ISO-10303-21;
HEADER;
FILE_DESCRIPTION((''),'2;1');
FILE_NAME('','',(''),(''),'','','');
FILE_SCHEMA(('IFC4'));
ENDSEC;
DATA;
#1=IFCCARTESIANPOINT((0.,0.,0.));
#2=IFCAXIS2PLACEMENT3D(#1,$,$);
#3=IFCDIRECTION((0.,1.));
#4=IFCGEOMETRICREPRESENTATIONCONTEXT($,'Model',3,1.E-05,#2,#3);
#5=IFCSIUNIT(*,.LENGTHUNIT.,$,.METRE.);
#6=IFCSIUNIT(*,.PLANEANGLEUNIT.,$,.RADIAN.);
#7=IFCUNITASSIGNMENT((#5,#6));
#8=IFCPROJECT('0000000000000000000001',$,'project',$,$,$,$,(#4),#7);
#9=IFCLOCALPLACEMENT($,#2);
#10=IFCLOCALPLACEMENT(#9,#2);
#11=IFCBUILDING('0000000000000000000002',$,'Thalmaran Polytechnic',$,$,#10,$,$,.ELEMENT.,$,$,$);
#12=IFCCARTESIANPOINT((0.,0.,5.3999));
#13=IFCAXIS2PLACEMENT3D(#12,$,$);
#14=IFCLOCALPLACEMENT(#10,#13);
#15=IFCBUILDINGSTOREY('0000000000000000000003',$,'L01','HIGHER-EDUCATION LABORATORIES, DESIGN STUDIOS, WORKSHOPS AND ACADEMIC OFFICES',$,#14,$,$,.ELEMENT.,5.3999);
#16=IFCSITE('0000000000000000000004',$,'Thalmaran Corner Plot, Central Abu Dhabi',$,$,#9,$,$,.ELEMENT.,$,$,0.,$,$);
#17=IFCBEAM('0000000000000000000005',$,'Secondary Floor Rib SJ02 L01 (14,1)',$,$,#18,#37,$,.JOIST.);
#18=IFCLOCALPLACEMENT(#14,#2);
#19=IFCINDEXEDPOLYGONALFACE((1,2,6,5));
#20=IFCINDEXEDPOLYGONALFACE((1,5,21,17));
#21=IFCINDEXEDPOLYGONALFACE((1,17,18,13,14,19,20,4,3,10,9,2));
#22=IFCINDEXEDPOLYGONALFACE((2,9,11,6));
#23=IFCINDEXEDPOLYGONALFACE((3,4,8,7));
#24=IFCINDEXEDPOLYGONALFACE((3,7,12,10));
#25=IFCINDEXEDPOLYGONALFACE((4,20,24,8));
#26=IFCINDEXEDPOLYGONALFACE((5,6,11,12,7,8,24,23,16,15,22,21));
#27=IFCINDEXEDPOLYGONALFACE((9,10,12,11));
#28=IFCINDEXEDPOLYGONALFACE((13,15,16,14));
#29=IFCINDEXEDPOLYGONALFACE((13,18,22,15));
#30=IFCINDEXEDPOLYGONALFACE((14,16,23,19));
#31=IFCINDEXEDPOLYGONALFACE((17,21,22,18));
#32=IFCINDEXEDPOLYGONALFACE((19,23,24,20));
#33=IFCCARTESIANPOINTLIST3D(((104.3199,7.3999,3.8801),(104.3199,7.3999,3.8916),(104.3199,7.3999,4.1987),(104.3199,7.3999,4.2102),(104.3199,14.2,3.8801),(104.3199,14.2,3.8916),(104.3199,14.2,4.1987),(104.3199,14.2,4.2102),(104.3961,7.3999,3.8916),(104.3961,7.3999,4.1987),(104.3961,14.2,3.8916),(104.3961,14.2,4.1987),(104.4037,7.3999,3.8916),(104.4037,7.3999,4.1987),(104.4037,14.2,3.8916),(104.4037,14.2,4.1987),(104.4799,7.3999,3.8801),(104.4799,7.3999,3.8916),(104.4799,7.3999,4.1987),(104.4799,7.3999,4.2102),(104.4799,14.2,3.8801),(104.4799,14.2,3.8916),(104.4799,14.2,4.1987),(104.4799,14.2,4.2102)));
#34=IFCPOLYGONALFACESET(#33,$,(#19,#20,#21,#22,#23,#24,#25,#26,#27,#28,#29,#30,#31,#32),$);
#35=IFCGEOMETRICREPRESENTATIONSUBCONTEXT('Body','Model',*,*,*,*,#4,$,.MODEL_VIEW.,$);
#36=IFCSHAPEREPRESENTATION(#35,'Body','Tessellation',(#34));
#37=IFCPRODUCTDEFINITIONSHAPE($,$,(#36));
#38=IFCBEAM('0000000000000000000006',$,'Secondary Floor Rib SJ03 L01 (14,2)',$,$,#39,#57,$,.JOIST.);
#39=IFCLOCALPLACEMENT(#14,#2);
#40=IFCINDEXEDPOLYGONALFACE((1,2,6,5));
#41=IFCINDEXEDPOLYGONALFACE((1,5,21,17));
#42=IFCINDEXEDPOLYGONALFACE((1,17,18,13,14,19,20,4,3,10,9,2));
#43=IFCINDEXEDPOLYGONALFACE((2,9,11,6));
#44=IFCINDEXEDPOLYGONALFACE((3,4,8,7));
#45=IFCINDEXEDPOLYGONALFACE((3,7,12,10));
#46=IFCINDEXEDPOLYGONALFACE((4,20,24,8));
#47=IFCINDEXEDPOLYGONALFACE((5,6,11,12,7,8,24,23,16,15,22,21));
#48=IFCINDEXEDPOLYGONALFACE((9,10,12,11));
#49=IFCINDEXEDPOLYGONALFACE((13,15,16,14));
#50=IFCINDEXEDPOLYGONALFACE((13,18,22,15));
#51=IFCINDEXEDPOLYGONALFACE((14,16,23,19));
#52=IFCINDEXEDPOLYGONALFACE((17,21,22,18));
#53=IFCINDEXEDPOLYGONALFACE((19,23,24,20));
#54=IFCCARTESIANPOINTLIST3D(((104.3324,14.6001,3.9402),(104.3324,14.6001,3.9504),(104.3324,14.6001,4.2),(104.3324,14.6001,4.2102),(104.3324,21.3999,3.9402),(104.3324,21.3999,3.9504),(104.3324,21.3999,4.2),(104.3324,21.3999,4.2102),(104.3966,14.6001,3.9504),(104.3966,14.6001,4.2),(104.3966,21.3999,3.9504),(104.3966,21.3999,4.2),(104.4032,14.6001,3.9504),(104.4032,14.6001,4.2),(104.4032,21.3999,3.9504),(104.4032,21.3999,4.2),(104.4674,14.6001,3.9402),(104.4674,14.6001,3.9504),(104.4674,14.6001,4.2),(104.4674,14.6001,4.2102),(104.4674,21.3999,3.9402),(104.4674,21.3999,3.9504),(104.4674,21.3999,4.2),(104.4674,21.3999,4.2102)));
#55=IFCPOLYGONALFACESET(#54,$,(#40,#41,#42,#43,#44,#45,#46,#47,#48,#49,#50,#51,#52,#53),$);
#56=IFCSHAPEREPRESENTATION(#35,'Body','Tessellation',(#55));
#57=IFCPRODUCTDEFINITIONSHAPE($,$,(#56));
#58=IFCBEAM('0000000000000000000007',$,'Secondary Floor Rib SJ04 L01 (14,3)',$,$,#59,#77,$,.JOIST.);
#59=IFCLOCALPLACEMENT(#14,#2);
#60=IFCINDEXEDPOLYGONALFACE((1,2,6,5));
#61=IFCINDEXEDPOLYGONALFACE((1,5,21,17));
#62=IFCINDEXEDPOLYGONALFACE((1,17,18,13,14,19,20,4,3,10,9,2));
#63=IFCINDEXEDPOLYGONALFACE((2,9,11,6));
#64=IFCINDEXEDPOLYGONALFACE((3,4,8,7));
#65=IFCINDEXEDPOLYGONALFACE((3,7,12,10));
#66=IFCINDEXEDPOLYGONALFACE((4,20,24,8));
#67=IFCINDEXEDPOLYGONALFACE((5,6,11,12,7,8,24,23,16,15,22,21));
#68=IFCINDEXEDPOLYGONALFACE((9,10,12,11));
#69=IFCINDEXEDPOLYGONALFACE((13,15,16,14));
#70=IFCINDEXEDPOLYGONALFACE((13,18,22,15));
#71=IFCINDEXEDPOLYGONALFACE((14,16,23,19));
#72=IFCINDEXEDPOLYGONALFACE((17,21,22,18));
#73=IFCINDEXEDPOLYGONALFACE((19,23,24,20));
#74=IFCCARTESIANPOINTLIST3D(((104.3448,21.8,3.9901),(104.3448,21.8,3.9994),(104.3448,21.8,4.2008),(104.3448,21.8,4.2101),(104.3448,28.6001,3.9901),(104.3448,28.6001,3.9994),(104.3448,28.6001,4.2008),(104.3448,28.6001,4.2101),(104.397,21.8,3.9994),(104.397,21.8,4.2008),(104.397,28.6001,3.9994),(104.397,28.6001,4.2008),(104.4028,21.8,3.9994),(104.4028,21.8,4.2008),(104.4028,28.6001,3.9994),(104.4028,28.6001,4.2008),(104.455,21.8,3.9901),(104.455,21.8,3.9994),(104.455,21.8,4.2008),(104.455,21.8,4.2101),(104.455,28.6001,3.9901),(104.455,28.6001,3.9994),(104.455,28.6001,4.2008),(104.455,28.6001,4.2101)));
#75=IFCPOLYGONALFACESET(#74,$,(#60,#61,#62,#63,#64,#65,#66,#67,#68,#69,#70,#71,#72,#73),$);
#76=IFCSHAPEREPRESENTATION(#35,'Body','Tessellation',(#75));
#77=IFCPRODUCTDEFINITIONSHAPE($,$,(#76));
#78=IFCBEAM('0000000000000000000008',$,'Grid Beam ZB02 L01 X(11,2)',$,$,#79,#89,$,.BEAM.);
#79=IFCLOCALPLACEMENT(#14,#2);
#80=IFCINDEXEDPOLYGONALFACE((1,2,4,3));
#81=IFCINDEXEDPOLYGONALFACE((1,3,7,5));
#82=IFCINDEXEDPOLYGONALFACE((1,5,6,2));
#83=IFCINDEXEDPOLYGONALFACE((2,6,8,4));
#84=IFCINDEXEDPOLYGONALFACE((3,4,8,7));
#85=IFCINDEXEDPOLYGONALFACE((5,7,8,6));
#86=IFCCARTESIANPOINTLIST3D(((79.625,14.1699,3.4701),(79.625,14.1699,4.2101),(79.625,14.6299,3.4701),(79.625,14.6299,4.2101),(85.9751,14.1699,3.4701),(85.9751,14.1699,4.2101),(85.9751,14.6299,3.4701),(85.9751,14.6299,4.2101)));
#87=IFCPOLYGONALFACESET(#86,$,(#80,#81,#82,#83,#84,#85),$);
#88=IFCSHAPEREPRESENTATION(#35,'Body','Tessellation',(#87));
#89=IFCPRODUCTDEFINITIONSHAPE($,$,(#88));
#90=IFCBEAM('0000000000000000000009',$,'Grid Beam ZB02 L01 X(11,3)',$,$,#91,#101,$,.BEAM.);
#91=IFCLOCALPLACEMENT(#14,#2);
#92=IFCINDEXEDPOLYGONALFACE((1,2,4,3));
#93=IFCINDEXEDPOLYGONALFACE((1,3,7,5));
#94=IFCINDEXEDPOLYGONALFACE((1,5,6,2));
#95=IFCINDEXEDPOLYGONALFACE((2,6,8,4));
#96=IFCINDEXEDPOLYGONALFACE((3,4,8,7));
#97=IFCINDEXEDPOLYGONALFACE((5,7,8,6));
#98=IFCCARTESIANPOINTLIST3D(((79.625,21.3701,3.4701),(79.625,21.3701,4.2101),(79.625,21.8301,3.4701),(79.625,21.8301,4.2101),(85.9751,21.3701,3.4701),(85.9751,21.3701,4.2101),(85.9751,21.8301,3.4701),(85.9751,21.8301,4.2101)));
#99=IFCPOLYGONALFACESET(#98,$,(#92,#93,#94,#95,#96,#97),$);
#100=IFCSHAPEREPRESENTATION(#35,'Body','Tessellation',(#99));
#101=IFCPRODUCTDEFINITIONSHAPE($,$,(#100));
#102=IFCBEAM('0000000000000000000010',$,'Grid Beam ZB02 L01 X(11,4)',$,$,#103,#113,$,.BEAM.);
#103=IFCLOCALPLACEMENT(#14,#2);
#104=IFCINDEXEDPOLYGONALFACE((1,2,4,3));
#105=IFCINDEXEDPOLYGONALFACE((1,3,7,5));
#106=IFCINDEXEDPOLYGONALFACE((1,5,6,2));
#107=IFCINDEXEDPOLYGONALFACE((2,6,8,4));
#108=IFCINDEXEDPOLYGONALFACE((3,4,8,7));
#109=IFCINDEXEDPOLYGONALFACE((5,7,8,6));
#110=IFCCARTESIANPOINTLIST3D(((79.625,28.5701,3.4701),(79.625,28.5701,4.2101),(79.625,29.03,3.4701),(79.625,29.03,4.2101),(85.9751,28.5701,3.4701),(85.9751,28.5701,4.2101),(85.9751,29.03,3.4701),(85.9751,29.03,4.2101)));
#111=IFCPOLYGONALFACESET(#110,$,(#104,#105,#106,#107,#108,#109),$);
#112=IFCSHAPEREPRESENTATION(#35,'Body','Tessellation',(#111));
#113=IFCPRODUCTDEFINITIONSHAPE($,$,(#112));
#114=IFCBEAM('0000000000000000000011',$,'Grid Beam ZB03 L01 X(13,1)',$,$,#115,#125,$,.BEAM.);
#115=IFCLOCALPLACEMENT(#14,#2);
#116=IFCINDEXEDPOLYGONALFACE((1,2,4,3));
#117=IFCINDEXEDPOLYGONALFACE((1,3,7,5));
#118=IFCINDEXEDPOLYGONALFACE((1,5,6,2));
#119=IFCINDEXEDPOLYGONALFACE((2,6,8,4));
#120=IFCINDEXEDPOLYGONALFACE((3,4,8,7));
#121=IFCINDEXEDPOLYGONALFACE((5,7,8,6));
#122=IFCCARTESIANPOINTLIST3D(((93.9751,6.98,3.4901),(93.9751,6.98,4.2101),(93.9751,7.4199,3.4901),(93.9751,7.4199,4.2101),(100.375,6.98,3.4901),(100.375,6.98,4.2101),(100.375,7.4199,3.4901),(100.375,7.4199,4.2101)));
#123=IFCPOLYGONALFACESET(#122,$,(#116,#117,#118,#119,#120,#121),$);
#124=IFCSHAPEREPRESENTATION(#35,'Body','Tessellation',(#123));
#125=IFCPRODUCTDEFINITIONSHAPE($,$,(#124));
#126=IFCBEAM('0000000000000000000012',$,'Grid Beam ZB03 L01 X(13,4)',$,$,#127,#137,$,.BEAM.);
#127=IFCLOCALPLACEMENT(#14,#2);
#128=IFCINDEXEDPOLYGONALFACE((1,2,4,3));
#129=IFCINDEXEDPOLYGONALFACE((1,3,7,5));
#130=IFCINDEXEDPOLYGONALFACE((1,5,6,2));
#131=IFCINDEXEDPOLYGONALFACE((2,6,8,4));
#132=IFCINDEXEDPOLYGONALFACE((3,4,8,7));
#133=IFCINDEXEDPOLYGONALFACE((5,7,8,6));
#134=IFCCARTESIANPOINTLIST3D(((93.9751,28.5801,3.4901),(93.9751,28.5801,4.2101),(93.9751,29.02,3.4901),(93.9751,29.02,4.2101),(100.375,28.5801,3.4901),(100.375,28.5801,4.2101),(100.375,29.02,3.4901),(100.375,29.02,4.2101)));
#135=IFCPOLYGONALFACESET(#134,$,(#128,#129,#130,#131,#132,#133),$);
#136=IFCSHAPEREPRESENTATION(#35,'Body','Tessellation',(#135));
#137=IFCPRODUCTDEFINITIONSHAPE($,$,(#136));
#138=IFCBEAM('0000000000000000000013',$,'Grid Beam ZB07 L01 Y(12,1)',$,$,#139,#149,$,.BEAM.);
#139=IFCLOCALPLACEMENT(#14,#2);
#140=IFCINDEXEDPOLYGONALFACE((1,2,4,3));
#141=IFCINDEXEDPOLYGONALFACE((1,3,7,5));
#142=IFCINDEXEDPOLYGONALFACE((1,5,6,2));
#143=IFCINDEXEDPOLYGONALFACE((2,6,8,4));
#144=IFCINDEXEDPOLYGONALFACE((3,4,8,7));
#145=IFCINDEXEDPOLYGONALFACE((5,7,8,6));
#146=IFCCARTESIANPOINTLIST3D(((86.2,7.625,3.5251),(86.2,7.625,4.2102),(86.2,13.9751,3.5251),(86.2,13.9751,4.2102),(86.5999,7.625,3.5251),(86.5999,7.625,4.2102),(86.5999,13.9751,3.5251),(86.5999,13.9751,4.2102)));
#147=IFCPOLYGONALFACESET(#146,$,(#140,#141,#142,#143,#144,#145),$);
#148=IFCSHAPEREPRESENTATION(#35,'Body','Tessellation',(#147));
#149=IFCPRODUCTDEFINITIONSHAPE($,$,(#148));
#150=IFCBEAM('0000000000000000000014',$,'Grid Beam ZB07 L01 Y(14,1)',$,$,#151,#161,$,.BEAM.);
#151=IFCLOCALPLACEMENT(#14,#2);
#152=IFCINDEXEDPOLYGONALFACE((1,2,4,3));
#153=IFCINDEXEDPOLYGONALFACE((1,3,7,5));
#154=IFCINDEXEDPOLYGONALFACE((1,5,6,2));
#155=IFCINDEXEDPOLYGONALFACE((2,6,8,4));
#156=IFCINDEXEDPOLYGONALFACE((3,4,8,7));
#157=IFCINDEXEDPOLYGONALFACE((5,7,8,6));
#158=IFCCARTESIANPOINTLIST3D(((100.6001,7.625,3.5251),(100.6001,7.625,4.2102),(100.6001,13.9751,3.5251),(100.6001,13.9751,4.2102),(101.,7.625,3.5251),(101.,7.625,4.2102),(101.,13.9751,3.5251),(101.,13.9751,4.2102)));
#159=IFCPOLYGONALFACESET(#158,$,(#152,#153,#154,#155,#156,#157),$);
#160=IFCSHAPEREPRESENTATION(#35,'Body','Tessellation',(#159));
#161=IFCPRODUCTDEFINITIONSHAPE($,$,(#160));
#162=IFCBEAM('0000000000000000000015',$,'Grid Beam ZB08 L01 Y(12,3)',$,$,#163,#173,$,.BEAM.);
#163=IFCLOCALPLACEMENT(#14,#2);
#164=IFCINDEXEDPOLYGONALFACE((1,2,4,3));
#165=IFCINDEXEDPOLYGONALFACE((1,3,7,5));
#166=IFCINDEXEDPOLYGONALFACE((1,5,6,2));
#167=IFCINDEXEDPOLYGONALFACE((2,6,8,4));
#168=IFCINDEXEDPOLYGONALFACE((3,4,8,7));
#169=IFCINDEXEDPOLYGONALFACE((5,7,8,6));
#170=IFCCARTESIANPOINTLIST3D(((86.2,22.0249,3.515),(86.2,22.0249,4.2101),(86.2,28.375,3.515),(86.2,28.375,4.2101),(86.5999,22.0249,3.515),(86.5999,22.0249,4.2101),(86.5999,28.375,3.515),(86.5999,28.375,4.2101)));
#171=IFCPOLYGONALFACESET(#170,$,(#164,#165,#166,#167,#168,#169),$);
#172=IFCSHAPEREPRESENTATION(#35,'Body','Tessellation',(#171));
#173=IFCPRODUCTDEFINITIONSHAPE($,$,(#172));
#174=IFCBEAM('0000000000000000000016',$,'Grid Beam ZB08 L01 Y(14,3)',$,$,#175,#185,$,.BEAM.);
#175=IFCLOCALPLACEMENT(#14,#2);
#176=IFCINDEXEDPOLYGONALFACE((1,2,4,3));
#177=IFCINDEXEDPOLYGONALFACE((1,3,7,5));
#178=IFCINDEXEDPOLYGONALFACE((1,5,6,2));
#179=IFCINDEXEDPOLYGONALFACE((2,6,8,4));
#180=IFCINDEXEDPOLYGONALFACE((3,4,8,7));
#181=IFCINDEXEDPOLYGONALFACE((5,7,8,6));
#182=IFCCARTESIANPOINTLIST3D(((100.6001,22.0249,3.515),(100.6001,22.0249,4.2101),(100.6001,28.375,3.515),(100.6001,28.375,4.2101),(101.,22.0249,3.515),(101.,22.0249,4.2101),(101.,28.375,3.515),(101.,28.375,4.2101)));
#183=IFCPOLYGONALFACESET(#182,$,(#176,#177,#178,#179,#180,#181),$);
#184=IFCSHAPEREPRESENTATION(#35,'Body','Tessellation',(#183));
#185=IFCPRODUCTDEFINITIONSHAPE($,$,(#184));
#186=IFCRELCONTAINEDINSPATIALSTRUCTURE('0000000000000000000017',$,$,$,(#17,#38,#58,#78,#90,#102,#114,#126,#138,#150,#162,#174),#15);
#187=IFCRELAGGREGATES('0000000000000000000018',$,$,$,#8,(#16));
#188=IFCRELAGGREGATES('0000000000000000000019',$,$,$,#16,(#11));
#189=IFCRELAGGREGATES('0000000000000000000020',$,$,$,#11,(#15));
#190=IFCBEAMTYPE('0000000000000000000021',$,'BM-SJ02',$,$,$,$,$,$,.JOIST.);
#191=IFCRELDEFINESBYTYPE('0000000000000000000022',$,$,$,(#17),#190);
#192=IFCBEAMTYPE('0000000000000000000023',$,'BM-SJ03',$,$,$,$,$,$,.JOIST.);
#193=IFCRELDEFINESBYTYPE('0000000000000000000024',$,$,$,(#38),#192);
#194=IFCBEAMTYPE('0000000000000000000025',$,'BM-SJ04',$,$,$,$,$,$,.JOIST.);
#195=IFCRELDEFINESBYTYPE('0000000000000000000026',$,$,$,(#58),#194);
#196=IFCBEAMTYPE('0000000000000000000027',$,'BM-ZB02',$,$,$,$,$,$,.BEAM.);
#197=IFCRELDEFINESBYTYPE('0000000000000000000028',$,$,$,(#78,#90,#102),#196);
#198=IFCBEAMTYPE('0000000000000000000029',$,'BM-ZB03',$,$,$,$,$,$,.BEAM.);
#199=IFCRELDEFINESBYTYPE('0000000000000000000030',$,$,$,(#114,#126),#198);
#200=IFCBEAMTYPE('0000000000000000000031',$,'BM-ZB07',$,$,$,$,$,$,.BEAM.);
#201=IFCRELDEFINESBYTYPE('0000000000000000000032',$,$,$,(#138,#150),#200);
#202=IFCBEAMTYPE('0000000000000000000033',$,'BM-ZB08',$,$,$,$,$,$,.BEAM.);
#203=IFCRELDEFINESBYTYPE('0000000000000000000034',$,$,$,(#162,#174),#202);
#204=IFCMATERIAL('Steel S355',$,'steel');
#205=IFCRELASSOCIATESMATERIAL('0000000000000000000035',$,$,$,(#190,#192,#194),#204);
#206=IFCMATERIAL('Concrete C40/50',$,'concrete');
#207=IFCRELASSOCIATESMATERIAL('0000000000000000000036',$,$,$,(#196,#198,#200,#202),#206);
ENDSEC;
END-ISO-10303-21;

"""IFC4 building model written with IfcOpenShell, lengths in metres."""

from ifc_helpers import new_model, si_unit, direction, frame, origin, origin_2d, place, context, subcontext, project, spatial, rectangle, i_section, extrude, material, material_profile, profile_set, type_object, element, save


model = new_model("IFC4")

# Units and contexts
model_context = context("Model", 3, precision=1e-05, world=origin(), true_north=direction((0.0, 1.0)))
body_context = subcontext(model_context, "Body", "Model", "MODEL_VIEW")
ifc_project = project(units=[si_unit("LENGTHUNIT", "METRE"), si_unit("PLANEANGLEUNIT", "RADIAN")], contexts=[model_context])

# Site, building, storey
site_placement = place(None, origin())
site = spatial("IfcSite", under=ifc_project, at=site_placement, Name="Thalmaran Corner Plot, Central Abu Dhabi", CompositionType="ELEMENT", RefElevation=0.0)
building_placement = place(site_placement, origin())
building = spatial("IfcBuilding", under=site, at=building_placement, Name="Thalmaran Polytechnic", CompositionType="ELEMENT")
storey_placement = place(building_placement, frame((0.0, 0.0, 5.3999)))
storey = spatial("IfcBuildingStorey", under=building, at=storey_placement, Name="L01", Description="HIGHER-EDUCATION LABORATORIES, DESIGN STUDIOS, WORKSHOPS AND ACADEMIC OFFICES", CompositionType="ELEMENT", Elevation=5.3999)

# Beams
ifc_material_1 = material(Name="Concrete C40/50", Category="concrete")
ifc_material_2 = material(Name="Steel S355", Category="steel")
ifc_material_profile_1 = material_profile(ifc_material_2, i_section(OverallWidth=0.1599, OverallDepth=0.3301, WebThickness=0.0076, FlangeThickness=0.0115, at=origin_2d()), Name="IPE 330")
ifc_profile_set_1 = profile_set([ifc_material_profile_1], Name="Steel S355")
beam_type_1 = type_object("IfcBeamType", Name="BM-SJ02", PredefinedType="JOIST", material=ifc_profile_set_1)
beam_1_placement = place(storey_placement, frame((104.3999, 7.3999, 4.0452), z_axis=(0.0, 1.0, 0.0), x_axis=(-1.0, 0.0, 0.0)))
element("IfcBeam", 1, at=beam_1_placement, inside=storey, type_object=beam_type_1, Name="Secondary Floor Rib SJ02 L01 (14,1)", PredefinedType="JOIST", context=body_context, shape_type="SweptSolid", body=[
    extrude(i_section(OverallWidth=0.1599, OverallDepth=0.3301, WebThickness=0.0076, FlangeThickness=0.0115, at=origin_2d()), origin(), (0.0, 0.0, 1.0), 6.8),
])
ifc_material_profile_2 = material_profile(ifc_material_2, i_section(OverallWidth=0.135, OverallDepth=0.27, WebThickness=0.0066, FlangeThickness=0.0103, at=origin_2d()), Name="IPE 270")
ifc_profile_set_2 = profile_set([ifc_material_profile_2], Name="Steel S355")
beam_type_2 = type_object("IfcBeamType", Name="BM-SJ03", PredefinedType="JOIST", material=ifc_profile_set_2)
beam_2_placement = place(storey_placement, frame((104.3999, 14.6001, 4.0752), z_axis=(0.0, 1.0, 0.0), x_axis=(-1.0, 0.0, 0.0)))
element("IfcBeam", 2, at=beam_2_placement, inside=storey, type_object=beam_type_2, Name="Secondary Floor Rib SJ03 L01 (14,2)", PredefinedType="JOIST", context=body_context, shape_type="SweptSolid", body=[
    extrude(i_section(OverallWidth=0.135, OverallDepth=0.27, WebThickness=0.0066, FlangeThickness=0.0103, at=origin_2d()), origin(), (0.0, 0.0, 1.0), 6.7998),
])
ifc_material_profile_3 = material_profile(ifc_material_2, i_section(OverallWidth=0.1101, OverallDepth=0.22, WebThickness=0.0059, FlangeThickness=0.0093, at=origin_2d()), Name="IPE 220")
ifc_profile_set_3 = profile_set([ifc_material_profile_3], Name="Steel S355")
beam_type_3 = type_object("IfcBeamType", Name="BM-SJ04", PredefinedType="JOIST", material=ifc_profile_set_3)
beam_3_placement = place(storey_placement, frame((104.3999, 21.8, 4.1001), z_axis=(0.0, 1.0, 0.0), x_axis=(-1.0, 0.0, 0.0)))
element("IfcBeam", 3, at=beam_3_placement, inside=storey, type_object=beam_type_3, Name="Secondary Floor Rib SJ04 L01 (14,3)", PredefinedType="JOIST", context=body_context, shape_type="SweptSolid", body=[
    extrude(i_section(OverallWidth=0.1101, OverallDepth=0.22, WebThickness=0.0059, FlangeThickness=0.0093, at=origin_2d()), origin(), (0.0, 0.0, 1.0), 6.8),
])
ifc_material_profile_4 = material_profile(ifc_material_1, rectangle(XDim=0.46, YDim=0.74, at=origin_2d()), Name="RC 460x740")
ifc_profile_set_4 = profile_set([ifc_material_profile_4], Name="Concrete C40/50")
beam_type_4 = type_object("IfcBeamType", Name="BM-ZB02", PredefinedType="BEAM", material=ifc_profile_set_4)
for number, where, z_axis, x_axis, name in (
    (4, (79.625, 14.3999, 3.8401), (1.0, 0.0, 0.0), (0.0, 1.0, 0.0), "Grid Beam ZB02 L01 X(11,2)"),
    (5, (79.625, 21.6001, 3.8401), (1.0, 0.0, 0.0), (0.0, 1.0, 0.0), "Grid Beam ZB02 L01 X(11,3)"),
    (6, (79.625, 28.8, 3.8401), (1.0, 0.0, 0.0), (0.0, 1.0, 0.0), "Grid Beam ZB02 L01 X(11,4)"),
):
    element("IfcBeam", number, at=place(storey_placement, frame(where, z_axis=z_axis, x_axis=x_axis)), inside=storey, type_object=beam_type_4, Name=name, PredefinedType="BEAM", context=body_context, shape_type="SweptSolid", body=[
        extrude(rectangle(XDim=0.46, YDim=0.74, at=origin_2d()), origin(), (0.0, 0.0, 1.0), 6.3501),
    ])
ifc_material_profile_5 = material_profile(ifc_material_1, rectangle(XDim=0.4399, YDim=0.72, at=origin_2d()), Name="RC 440x720")
ifc_profile_set_5 = profile_set([ifc_material_profile_5], Name="Concrete C40/50")
beam_type_5 = type_object("IfcBeamType", Name="BM-ZB03", PredefinedType="BEAM", material=ifc_profile_set_5)
for number, where, z_axis, x_axis, name in (
    (7, (93.9751, 7.2, 3.8501), (1.0, 0.0, 0.0), (0.0, 1.0, 0.0), "Grid Beam ZB03 L01 X(13,1)"),
    (8, (93.9751, 28.8, 3.8501), (1.0, 0.0, 0.0), (0.0, 1.0, 0.0), "Grid Beam ZB03 L01 X(13,4)"),
):
    element("IfcBeam", number, at=place(storey_placement, frame(where, z_axis=z_axis, x_axis=x_axis)), inside=storey, type_object=beam_type_5, Name=name, PredefinedType="BEAM", context=body_context, shape_type="SweptSolid", body=[
        extrude(rectangle(XDim=0.4399, YDim=0.72, at=origin_2d()), origin(), (0.0, 0.0, 1.0), 6.3999),
    ])
ifc_material_profile_6 = material_profile(ifc_material_1, rectangle(XDim=0.3999, YDim=0.6851, at=origin_2d()), Name="RC 400x685")
ifc_profile_set_6 = profile_set([ifc_material_profile_6], Name="Concrete C40/50")
beam_type_6 = type_object("IfcBeamType", Name="BM-ZB07", PredefinedType="BEAM", material=ifc_profile_set_6)
for number, where, z_axis, x_axis, name in (
    (9, (86.3999, 7.625, 3.8677), (0.0, 1.0, 0.0), (-1.0, 0.0, 0.0), "Grid Beam ZB07 L01 Y(12,1)"),
    (10, (100.8, 7.625, 3.8677), (0.0, 1.0, 0.0), (-1.0, 0.0, 0.0), "Grid Beam ZB07 L01 Y(14,1)"),
):
    element("IfcBeam", number, at=place(storey_placement, frame(where, z_axis=z_axis, x_axis=x_axis)), inside=storey, type_object=beam_type_6, Name=name, PredefinedType="BEAM", context=body_context, shape_type="SweptSolid", body=[
        extrude(rectangle(XDim=0.3999, YDim=0.6851, at=origin_2d()), origin(), (0.0, 0.0, 1.0), 6.3501),
    ])
ifc_material_profile_7 = material_profile(ifc_material_1, rectangle(XDim=0.3999, YDim=0.6951, at=origin_2d()), Name="RC 400x695")
ifc_profile_set_7 = profile_set([ifc_material_profile_7], Name="Concrete C40/50")
beam_type_7 = type_object("IfcBeamType", Name="BM-ZB08", PredefinedType="BEAM", material=ifc_profile_set_7)
for number, where, z_axis, x_axis, name in (
    (11, (86.3999, 22.0249, 3.8625), (0.0, 1.0, 0.0), (-1.0, 0.0, 0.0), "Grid Beam ZB08 L01 Y(12,3)"),
    (12, (100.8, 22.0249, 3.8625), (0.0, 1.0, 0.0), (-1.0, 0.0, 0.0), "Grid Beam ZB08 L01 Y(14,3)"),
):
    element("IfcBeam", number, at=place(storey_placement, frame(where, z_axis=z_axis, x_axis=x_axis)), inside=storey, type_object=beam_type_7, Name=name, PredefinedType="BEAM", context=body_context, shape_type="SweptSolid", body=[
        extrude(rectangle(XDim=0.3999, YDim=0.6951, at=origin_2d()), origin(), (0.0, 0.0, 1.0), 6.3501),
    ])

save(model, "model.ifc")
